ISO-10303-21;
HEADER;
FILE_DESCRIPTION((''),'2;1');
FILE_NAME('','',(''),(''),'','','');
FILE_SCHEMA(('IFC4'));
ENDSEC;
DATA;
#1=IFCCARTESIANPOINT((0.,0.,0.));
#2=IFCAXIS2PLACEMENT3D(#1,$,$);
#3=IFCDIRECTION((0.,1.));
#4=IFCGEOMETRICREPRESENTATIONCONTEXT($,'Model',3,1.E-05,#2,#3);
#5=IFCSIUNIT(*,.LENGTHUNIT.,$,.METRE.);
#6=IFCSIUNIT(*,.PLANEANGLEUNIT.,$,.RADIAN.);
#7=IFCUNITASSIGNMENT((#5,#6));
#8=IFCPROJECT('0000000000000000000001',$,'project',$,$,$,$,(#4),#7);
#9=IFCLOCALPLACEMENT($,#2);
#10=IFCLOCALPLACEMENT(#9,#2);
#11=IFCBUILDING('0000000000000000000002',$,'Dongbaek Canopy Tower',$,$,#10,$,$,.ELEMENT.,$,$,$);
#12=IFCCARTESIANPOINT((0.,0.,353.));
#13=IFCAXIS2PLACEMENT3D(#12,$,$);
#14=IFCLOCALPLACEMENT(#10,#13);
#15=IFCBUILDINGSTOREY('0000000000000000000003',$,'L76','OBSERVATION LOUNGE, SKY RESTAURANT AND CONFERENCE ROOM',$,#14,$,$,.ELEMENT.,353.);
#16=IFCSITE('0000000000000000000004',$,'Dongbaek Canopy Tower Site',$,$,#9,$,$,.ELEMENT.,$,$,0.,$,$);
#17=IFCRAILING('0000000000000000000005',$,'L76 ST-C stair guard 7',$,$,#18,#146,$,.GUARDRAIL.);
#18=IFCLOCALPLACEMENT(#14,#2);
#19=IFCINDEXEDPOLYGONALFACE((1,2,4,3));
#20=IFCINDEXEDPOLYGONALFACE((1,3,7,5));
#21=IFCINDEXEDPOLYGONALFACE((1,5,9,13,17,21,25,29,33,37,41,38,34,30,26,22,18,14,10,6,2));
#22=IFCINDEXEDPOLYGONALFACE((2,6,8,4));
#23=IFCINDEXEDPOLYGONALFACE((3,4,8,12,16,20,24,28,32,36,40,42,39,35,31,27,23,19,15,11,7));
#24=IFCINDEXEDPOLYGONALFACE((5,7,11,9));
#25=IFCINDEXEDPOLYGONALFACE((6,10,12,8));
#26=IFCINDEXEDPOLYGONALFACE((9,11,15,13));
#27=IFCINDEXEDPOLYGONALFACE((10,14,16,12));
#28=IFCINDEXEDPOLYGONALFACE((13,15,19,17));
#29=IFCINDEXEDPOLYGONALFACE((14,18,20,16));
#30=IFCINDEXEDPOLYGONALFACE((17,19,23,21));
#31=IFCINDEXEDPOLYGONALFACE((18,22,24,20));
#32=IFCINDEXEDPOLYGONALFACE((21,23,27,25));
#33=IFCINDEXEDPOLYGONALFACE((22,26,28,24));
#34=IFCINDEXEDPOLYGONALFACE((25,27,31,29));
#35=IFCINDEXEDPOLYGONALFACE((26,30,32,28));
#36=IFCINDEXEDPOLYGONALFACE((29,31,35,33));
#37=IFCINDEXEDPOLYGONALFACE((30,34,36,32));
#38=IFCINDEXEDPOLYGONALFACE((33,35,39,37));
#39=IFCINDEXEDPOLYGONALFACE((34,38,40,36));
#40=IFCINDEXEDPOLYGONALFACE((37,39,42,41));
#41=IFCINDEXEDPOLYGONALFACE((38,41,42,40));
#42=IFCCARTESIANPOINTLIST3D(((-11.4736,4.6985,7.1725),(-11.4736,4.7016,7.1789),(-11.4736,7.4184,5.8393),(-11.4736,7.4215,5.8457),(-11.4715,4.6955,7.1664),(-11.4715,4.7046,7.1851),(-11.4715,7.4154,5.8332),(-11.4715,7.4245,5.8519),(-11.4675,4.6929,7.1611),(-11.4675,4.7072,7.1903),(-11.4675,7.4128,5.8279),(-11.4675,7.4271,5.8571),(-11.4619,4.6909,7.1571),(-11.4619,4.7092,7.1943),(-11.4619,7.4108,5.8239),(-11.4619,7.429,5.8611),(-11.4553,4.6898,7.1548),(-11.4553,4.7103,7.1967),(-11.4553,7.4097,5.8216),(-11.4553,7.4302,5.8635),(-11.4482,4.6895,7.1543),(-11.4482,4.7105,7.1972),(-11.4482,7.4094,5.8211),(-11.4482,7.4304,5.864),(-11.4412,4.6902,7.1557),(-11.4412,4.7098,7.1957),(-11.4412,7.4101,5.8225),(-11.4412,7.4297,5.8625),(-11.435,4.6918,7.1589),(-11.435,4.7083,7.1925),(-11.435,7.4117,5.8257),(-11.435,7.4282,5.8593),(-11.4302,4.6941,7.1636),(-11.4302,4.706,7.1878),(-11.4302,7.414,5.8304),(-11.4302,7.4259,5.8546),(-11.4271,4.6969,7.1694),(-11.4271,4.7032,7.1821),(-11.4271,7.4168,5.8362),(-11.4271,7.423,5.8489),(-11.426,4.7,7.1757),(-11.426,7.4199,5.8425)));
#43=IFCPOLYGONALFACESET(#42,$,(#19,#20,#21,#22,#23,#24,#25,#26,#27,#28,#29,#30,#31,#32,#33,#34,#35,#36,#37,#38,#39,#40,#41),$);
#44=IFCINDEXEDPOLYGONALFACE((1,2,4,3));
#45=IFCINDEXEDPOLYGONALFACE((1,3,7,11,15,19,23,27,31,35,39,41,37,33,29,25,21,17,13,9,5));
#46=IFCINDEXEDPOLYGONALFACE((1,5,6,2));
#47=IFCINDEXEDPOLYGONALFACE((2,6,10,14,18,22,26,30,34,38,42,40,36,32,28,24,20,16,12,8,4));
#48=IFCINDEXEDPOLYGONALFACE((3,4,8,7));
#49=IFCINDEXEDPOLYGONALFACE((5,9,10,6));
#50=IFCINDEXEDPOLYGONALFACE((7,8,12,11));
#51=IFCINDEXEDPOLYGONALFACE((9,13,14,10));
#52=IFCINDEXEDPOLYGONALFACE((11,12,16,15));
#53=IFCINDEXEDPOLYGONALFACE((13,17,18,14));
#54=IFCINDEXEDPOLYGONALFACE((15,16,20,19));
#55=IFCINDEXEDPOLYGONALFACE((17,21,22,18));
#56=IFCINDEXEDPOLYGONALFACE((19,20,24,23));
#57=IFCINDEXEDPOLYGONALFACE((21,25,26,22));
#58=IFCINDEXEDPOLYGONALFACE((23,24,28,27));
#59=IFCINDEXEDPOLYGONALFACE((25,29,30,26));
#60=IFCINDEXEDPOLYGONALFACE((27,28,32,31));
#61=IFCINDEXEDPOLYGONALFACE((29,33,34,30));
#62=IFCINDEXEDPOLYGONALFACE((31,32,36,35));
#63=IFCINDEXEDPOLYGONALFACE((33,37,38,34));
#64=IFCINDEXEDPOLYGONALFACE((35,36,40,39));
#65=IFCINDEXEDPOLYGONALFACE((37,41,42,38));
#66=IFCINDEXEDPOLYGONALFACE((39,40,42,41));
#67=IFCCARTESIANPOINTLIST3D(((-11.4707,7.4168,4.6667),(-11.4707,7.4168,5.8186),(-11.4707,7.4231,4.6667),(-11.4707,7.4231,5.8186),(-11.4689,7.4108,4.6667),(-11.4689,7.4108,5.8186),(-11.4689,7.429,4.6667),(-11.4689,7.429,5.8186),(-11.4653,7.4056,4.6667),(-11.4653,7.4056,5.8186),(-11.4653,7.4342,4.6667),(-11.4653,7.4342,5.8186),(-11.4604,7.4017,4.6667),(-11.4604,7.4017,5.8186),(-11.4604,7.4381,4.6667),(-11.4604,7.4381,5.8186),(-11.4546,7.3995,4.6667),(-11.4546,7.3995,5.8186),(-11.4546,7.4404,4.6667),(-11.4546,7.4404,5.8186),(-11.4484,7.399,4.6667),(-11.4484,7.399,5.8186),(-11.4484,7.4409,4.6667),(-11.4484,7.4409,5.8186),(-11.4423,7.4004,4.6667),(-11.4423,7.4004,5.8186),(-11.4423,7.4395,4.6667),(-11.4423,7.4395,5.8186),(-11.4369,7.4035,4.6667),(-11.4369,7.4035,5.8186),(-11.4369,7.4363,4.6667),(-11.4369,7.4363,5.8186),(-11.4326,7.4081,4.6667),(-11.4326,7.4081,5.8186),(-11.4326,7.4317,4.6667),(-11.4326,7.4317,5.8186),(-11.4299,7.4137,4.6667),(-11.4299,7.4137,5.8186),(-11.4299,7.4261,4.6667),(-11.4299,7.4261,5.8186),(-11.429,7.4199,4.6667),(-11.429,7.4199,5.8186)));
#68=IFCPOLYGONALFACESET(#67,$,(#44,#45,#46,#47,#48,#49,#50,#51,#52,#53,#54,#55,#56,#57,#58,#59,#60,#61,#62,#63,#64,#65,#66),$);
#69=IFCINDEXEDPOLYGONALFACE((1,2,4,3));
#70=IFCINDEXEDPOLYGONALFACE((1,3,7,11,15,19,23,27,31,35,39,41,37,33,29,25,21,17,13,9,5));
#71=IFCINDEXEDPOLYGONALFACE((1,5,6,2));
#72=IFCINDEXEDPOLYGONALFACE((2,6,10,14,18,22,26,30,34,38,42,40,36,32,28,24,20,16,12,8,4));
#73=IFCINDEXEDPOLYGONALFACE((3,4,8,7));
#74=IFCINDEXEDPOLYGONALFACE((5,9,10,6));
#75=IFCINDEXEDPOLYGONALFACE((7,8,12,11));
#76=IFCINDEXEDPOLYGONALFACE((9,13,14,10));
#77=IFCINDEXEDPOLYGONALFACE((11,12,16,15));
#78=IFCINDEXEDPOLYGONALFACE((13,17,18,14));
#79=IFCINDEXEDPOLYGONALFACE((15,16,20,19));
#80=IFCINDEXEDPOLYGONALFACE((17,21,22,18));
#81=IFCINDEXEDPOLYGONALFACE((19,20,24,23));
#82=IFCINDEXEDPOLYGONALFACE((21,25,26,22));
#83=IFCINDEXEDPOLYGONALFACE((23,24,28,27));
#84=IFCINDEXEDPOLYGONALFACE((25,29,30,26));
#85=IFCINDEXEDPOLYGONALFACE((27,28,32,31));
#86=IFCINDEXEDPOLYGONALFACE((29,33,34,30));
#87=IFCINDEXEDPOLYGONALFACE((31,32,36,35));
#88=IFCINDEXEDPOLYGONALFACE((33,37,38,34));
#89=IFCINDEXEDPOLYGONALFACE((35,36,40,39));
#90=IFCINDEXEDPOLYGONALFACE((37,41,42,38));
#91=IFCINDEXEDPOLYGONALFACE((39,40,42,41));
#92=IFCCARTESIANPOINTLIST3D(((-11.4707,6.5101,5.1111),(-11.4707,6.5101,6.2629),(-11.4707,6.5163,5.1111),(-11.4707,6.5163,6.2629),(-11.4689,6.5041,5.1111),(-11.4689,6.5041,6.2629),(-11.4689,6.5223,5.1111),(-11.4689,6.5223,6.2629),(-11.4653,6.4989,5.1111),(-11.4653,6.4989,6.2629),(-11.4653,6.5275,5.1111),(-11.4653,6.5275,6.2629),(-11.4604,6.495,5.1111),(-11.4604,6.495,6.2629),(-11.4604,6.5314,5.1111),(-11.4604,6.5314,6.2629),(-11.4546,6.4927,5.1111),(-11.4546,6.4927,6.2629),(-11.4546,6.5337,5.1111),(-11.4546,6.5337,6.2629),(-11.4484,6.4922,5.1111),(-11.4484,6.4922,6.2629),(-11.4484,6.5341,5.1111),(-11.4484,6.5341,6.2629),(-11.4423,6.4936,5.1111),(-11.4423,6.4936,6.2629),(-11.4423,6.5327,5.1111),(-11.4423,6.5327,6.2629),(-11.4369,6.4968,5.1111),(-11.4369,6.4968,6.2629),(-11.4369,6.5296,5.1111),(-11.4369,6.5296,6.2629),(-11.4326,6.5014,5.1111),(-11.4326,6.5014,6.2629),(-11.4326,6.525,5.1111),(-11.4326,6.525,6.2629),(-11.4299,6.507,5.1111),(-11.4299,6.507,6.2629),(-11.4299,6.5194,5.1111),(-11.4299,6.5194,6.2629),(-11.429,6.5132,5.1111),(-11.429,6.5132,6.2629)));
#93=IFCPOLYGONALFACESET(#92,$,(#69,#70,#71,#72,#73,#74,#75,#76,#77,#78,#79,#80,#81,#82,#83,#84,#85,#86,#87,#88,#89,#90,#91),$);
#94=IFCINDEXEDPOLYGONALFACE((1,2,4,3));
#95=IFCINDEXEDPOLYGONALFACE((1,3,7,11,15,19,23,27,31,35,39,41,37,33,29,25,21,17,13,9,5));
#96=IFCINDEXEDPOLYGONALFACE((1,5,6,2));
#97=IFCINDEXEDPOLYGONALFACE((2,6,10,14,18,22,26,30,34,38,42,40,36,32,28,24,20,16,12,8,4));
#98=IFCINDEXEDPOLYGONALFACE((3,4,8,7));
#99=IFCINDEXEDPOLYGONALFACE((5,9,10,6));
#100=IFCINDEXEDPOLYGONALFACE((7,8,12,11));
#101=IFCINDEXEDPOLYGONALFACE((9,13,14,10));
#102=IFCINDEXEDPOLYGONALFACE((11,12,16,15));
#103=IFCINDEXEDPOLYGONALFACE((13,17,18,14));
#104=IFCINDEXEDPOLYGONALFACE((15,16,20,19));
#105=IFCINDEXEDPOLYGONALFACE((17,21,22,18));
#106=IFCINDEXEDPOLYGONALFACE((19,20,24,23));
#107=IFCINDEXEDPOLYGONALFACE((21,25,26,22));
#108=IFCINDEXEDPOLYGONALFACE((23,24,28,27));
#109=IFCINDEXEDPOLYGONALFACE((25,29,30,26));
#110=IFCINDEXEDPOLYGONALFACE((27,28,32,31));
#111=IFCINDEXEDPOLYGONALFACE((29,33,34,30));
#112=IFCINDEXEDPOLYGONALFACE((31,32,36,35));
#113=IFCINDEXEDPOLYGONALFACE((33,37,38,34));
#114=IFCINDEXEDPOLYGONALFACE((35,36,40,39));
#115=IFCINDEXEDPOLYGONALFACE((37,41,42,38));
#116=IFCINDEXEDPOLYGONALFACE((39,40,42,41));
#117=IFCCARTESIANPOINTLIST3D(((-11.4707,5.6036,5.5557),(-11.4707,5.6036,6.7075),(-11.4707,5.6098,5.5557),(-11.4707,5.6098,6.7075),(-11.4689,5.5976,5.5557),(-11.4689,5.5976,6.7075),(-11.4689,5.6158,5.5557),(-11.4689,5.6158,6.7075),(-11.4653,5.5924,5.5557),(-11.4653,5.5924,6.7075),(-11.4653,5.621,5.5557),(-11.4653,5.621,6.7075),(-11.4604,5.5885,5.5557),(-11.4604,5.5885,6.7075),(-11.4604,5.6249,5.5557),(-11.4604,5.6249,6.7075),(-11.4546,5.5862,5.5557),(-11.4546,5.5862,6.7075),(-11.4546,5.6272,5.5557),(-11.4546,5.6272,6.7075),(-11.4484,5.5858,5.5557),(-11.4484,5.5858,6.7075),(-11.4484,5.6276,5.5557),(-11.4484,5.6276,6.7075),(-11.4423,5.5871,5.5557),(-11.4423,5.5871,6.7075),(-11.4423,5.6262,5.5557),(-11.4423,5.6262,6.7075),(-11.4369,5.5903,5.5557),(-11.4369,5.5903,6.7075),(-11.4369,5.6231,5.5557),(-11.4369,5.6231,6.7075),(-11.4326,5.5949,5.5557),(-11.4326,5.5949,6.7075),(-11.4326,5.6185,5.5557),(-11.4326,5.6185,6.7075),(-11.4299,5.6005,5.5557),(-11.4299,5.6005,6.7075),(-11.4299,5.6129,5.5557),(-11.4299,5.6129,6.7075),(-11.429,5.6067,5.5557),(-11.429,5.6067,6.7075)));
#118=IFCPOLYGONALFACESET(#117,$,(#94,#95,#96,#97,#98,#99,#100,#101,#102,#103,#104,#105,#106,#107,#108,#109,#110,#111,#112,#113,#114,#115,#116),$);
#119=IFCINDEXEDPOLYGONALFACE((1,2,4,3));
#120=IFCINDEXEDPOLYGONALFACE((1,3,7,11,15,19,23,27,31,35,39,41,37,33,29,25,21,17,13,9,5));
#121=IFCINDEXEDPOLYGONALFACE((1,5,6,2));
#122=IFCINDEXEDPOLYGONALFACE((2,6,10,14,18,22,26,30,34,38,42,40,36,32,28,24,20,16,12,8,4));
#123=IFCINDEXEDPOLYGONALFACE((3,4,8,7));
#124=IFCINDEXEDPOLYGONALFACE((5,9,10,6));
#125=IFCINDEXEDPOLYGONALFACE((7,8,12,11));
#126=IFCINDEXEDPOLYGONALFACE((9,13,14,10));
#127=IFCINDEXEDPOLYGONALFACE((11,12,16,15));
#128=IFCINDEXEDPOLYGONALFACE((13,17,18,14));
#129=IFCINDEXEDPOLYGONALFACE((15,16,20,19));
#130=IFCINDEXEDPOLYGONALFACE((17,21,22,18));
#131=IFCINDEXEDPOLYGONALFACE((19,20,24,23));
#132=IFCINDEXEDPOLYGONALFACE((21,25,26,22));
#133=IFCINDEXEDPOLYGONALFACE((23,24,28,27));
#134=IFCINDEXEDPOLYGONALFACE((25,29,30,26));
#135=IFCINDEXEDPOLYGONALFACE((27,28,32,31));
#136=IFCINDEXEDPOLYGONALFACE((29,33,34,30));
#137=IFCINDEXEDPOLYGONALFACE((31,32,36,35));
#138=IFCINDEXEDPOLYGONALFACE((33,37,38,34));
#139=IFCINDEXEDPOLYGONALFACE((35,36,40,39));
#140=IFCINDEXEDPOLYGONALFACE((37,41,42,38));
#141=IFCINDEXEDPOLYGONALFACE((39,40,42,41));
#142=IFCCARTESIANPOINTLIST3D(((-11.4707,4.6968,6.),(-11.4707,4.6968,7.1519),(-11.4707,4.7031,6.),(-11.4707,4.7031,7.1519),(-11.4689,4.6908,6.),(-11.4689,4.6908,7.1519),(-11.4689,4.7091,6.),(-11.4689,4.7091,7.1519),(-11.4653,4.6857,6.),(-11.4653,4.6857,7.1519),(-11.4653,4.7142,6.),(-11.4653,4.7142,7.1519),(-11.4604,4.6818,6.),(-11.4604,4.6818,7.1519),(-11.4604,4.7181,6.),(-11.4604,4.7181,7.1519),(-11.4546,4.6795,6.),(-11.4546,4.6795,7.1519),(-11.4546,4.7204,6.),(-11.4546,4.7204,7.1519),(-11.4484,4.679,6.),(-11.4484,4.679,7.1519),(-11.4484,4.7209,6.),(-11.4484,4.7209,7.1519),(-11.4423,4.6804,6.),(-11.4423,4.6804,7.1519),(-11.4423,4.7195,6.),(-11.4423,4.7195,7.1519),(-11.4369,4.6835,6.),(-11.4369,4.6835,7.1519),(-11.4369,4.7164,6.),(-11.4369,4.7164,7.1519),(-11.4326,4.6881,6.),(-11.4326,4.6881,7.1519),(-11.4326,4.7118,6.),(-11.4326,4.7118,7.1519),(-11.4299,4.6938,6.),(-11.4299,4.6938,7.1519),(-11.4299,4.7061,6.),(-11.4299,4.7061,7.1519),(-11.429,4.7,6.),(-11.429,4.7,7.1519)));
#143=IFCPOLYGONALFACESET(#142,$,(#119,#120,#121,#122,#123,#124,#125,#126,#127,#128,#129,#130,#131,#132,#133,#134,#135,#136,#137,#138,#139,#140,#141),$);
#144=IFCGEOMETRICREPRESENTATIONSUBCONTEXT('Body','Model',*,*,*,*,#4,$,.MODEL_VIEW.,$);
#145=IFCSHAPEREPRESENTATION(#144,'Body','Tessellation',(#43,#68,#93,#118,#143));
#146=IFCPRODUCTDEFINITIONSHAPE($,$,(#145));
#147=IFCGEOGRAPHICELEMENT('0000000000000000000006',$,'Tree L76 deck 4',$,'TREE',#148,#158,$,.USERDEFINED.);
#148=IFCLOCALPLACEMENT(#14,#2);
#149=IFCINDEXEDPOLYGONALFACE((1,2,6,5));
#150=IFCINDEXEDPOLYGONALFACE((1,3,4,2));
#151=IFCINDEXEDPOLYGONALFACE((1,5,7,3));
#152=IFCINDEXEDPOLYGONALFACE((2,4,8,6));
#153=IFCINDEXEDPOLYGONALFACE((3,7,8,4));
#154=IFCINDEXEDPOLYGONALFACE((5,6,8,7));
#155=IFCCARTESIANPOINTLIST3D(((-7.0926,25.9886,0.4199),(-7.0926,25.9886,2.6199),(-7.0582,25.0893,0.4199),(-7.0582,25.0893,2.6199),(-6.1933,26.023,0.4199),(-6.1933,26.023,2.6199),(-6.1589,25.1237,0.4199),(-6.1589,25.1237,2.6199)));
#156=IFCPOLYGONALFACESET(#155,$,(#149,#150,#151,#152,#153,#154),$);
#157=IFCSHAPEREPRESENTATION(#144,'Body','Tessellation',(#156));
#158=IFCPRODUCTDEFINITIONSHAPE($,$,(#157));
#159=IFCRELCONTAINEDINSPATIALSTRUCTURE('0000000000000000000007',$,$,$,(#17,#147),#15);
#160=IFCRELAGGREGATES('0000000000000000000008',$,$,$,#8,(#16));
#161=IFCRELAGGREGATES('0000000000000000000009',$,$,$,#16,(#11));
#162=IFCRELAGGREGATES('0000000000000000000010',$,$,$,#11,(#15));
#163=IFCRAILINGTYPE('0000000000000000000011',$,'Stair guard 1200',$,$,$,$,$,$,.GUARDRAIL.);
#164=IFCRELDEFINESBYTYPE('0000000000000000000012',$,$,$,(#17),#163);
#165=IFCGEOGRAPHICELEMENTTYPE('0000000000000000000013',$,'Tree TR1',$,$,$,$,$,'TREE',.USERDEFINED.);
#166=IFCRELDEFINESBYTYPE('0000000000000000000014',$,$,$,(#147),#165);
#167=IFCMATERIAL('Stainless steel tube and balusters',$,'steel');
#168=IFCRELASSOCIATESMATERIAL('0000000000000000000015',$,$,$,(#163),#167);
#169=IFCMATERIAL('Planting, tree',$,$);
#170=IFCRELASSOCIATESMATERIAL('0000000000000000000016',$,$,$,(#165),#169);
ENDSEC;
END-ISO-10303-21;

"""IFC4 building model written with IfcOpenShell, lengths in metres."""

from ifc_helpers import new_model, si_unit, direction, frame, origin, origin_2d, place, context, subcontext, project, spatial, rectangle, circle, extrude, material, type_object, element, save


model = new_model("IFC4")

# Units and contexts
model_context = context("Model", 3, precision=1e-05, world=origin(), true_north=direction((0.0, 1.0)))
body_context = subcontext(model_context, "Body", "Model", "MODEL_VIEW")
ifc_project = project(units=[si_unit("LENGTHUNIT", "METRE"), si_unit("PLANEANGLEUNIT", "RADIAN")], contexts=[model_context])

# Site, building, storey
site_placement = place(None, origin())
site = spatial("IfcSite", under=ifc_project, at=site_placement, Name="Dongbaek Canopy Tower Site", CompositionType="ELEMENT", RefElevation=0.0)
building_placement = place(site_placement, origin())
building = spatial("IfcBuilding", under=site, at=building_placement, Name="Dongbaek Canopy Tower", CompositionType="ELEMENT")
storey_placement = place(building_placement, frame((0.0, 0.0, 353.0)))
storey = spatial("IfcBuildingStorey", under=building, at=storey_placement, Name="L76", Description="OBSERVATION LOUNGE, SKY RESTAURANT AND CONFERENCE ROOM", CompositionType="ELEMENT", Elevation=353.0)

# Railing
ifc_material_1 = material(Name="Stainless steel tube and balusters", Category="steel")
railing_type = type_object("IfcRailingType", Name="Stair guard 1200", PredefinedType="GUARDRAIL", material=ifc_material_1)
railing_1_placement = place(storey_placement, frame((-11.45, 7.4199, 4.6667)))
element("IfcRailing", 1, at=railing_1_placement, inside=storey, type_object=railing_type, Name="L76 ST-C stair guard 7", PredefinedType="GUARDRAIL", context=body_context, shape_type="SweptSolid", body=[
    extrude(circle(Radius=0.0239, at=origin_2d()), frame((0.0, 0.0, 1.1758), z_axis=(0.0, -0.897929, 0.440139), x_axis=(1.0, 0.0, 0.0)), (0.0, 0.0, 1.0), 3.0291),
    extrude(circle(Radius=0.021, at=origin_2d()), origin(), (0.0, 0.0, 1.0), 1.1519),
    extrude(circle(Radius=0.021, at=origin_2d()), frame((0.0, -0.9067, 0.4443)), (0.0, 0.0, 1.0), 1.1519),
    extrude(circle(Radius=0.021, at=origin_2d()), frame((0.0, -1.8132, 0.8889)), (0.0, 0.0, 1.0), 1.1519),
    extrude(circle(Radius=0.021, at=origin_2d()), frame((0.0, -2.72, 1.3333)), (0.0, 0.0, 1.0), 1.1519),
])

# Geographic element
ifc_material_2 = material(Name="Planting, tree")
geographic_element_type = type_object("IfcGeographicElementType", Name="Tree TR1", ElementType="TREE", PredefinedType="USERDEFINED", material=ifc_material_2)
geographic_element_placement = place(storey_placement, frame((-6.6257, 25.5562, 0.4199), z_axis=(0.0, 0.0, 1.0), x_axis=(-0.999269, -0.038232, 0.0)))
element("IfcGeographicElement", 2, at=geographic_element_placement, inside=storey, type_object=geographic_element_type, Name="Tree L76 deck 4", ObjectType="TREE", PredefinedType="USERDEFINED", context=body_context, shape_type="SweptSolid", body=[
    extrude(rectangle(XDim=0.8999, YDim=0.8999, at=origin_2d()), origin(), (0.0, 0.0, 1.0), 2.2),
])

save(model, "model.ifc")
